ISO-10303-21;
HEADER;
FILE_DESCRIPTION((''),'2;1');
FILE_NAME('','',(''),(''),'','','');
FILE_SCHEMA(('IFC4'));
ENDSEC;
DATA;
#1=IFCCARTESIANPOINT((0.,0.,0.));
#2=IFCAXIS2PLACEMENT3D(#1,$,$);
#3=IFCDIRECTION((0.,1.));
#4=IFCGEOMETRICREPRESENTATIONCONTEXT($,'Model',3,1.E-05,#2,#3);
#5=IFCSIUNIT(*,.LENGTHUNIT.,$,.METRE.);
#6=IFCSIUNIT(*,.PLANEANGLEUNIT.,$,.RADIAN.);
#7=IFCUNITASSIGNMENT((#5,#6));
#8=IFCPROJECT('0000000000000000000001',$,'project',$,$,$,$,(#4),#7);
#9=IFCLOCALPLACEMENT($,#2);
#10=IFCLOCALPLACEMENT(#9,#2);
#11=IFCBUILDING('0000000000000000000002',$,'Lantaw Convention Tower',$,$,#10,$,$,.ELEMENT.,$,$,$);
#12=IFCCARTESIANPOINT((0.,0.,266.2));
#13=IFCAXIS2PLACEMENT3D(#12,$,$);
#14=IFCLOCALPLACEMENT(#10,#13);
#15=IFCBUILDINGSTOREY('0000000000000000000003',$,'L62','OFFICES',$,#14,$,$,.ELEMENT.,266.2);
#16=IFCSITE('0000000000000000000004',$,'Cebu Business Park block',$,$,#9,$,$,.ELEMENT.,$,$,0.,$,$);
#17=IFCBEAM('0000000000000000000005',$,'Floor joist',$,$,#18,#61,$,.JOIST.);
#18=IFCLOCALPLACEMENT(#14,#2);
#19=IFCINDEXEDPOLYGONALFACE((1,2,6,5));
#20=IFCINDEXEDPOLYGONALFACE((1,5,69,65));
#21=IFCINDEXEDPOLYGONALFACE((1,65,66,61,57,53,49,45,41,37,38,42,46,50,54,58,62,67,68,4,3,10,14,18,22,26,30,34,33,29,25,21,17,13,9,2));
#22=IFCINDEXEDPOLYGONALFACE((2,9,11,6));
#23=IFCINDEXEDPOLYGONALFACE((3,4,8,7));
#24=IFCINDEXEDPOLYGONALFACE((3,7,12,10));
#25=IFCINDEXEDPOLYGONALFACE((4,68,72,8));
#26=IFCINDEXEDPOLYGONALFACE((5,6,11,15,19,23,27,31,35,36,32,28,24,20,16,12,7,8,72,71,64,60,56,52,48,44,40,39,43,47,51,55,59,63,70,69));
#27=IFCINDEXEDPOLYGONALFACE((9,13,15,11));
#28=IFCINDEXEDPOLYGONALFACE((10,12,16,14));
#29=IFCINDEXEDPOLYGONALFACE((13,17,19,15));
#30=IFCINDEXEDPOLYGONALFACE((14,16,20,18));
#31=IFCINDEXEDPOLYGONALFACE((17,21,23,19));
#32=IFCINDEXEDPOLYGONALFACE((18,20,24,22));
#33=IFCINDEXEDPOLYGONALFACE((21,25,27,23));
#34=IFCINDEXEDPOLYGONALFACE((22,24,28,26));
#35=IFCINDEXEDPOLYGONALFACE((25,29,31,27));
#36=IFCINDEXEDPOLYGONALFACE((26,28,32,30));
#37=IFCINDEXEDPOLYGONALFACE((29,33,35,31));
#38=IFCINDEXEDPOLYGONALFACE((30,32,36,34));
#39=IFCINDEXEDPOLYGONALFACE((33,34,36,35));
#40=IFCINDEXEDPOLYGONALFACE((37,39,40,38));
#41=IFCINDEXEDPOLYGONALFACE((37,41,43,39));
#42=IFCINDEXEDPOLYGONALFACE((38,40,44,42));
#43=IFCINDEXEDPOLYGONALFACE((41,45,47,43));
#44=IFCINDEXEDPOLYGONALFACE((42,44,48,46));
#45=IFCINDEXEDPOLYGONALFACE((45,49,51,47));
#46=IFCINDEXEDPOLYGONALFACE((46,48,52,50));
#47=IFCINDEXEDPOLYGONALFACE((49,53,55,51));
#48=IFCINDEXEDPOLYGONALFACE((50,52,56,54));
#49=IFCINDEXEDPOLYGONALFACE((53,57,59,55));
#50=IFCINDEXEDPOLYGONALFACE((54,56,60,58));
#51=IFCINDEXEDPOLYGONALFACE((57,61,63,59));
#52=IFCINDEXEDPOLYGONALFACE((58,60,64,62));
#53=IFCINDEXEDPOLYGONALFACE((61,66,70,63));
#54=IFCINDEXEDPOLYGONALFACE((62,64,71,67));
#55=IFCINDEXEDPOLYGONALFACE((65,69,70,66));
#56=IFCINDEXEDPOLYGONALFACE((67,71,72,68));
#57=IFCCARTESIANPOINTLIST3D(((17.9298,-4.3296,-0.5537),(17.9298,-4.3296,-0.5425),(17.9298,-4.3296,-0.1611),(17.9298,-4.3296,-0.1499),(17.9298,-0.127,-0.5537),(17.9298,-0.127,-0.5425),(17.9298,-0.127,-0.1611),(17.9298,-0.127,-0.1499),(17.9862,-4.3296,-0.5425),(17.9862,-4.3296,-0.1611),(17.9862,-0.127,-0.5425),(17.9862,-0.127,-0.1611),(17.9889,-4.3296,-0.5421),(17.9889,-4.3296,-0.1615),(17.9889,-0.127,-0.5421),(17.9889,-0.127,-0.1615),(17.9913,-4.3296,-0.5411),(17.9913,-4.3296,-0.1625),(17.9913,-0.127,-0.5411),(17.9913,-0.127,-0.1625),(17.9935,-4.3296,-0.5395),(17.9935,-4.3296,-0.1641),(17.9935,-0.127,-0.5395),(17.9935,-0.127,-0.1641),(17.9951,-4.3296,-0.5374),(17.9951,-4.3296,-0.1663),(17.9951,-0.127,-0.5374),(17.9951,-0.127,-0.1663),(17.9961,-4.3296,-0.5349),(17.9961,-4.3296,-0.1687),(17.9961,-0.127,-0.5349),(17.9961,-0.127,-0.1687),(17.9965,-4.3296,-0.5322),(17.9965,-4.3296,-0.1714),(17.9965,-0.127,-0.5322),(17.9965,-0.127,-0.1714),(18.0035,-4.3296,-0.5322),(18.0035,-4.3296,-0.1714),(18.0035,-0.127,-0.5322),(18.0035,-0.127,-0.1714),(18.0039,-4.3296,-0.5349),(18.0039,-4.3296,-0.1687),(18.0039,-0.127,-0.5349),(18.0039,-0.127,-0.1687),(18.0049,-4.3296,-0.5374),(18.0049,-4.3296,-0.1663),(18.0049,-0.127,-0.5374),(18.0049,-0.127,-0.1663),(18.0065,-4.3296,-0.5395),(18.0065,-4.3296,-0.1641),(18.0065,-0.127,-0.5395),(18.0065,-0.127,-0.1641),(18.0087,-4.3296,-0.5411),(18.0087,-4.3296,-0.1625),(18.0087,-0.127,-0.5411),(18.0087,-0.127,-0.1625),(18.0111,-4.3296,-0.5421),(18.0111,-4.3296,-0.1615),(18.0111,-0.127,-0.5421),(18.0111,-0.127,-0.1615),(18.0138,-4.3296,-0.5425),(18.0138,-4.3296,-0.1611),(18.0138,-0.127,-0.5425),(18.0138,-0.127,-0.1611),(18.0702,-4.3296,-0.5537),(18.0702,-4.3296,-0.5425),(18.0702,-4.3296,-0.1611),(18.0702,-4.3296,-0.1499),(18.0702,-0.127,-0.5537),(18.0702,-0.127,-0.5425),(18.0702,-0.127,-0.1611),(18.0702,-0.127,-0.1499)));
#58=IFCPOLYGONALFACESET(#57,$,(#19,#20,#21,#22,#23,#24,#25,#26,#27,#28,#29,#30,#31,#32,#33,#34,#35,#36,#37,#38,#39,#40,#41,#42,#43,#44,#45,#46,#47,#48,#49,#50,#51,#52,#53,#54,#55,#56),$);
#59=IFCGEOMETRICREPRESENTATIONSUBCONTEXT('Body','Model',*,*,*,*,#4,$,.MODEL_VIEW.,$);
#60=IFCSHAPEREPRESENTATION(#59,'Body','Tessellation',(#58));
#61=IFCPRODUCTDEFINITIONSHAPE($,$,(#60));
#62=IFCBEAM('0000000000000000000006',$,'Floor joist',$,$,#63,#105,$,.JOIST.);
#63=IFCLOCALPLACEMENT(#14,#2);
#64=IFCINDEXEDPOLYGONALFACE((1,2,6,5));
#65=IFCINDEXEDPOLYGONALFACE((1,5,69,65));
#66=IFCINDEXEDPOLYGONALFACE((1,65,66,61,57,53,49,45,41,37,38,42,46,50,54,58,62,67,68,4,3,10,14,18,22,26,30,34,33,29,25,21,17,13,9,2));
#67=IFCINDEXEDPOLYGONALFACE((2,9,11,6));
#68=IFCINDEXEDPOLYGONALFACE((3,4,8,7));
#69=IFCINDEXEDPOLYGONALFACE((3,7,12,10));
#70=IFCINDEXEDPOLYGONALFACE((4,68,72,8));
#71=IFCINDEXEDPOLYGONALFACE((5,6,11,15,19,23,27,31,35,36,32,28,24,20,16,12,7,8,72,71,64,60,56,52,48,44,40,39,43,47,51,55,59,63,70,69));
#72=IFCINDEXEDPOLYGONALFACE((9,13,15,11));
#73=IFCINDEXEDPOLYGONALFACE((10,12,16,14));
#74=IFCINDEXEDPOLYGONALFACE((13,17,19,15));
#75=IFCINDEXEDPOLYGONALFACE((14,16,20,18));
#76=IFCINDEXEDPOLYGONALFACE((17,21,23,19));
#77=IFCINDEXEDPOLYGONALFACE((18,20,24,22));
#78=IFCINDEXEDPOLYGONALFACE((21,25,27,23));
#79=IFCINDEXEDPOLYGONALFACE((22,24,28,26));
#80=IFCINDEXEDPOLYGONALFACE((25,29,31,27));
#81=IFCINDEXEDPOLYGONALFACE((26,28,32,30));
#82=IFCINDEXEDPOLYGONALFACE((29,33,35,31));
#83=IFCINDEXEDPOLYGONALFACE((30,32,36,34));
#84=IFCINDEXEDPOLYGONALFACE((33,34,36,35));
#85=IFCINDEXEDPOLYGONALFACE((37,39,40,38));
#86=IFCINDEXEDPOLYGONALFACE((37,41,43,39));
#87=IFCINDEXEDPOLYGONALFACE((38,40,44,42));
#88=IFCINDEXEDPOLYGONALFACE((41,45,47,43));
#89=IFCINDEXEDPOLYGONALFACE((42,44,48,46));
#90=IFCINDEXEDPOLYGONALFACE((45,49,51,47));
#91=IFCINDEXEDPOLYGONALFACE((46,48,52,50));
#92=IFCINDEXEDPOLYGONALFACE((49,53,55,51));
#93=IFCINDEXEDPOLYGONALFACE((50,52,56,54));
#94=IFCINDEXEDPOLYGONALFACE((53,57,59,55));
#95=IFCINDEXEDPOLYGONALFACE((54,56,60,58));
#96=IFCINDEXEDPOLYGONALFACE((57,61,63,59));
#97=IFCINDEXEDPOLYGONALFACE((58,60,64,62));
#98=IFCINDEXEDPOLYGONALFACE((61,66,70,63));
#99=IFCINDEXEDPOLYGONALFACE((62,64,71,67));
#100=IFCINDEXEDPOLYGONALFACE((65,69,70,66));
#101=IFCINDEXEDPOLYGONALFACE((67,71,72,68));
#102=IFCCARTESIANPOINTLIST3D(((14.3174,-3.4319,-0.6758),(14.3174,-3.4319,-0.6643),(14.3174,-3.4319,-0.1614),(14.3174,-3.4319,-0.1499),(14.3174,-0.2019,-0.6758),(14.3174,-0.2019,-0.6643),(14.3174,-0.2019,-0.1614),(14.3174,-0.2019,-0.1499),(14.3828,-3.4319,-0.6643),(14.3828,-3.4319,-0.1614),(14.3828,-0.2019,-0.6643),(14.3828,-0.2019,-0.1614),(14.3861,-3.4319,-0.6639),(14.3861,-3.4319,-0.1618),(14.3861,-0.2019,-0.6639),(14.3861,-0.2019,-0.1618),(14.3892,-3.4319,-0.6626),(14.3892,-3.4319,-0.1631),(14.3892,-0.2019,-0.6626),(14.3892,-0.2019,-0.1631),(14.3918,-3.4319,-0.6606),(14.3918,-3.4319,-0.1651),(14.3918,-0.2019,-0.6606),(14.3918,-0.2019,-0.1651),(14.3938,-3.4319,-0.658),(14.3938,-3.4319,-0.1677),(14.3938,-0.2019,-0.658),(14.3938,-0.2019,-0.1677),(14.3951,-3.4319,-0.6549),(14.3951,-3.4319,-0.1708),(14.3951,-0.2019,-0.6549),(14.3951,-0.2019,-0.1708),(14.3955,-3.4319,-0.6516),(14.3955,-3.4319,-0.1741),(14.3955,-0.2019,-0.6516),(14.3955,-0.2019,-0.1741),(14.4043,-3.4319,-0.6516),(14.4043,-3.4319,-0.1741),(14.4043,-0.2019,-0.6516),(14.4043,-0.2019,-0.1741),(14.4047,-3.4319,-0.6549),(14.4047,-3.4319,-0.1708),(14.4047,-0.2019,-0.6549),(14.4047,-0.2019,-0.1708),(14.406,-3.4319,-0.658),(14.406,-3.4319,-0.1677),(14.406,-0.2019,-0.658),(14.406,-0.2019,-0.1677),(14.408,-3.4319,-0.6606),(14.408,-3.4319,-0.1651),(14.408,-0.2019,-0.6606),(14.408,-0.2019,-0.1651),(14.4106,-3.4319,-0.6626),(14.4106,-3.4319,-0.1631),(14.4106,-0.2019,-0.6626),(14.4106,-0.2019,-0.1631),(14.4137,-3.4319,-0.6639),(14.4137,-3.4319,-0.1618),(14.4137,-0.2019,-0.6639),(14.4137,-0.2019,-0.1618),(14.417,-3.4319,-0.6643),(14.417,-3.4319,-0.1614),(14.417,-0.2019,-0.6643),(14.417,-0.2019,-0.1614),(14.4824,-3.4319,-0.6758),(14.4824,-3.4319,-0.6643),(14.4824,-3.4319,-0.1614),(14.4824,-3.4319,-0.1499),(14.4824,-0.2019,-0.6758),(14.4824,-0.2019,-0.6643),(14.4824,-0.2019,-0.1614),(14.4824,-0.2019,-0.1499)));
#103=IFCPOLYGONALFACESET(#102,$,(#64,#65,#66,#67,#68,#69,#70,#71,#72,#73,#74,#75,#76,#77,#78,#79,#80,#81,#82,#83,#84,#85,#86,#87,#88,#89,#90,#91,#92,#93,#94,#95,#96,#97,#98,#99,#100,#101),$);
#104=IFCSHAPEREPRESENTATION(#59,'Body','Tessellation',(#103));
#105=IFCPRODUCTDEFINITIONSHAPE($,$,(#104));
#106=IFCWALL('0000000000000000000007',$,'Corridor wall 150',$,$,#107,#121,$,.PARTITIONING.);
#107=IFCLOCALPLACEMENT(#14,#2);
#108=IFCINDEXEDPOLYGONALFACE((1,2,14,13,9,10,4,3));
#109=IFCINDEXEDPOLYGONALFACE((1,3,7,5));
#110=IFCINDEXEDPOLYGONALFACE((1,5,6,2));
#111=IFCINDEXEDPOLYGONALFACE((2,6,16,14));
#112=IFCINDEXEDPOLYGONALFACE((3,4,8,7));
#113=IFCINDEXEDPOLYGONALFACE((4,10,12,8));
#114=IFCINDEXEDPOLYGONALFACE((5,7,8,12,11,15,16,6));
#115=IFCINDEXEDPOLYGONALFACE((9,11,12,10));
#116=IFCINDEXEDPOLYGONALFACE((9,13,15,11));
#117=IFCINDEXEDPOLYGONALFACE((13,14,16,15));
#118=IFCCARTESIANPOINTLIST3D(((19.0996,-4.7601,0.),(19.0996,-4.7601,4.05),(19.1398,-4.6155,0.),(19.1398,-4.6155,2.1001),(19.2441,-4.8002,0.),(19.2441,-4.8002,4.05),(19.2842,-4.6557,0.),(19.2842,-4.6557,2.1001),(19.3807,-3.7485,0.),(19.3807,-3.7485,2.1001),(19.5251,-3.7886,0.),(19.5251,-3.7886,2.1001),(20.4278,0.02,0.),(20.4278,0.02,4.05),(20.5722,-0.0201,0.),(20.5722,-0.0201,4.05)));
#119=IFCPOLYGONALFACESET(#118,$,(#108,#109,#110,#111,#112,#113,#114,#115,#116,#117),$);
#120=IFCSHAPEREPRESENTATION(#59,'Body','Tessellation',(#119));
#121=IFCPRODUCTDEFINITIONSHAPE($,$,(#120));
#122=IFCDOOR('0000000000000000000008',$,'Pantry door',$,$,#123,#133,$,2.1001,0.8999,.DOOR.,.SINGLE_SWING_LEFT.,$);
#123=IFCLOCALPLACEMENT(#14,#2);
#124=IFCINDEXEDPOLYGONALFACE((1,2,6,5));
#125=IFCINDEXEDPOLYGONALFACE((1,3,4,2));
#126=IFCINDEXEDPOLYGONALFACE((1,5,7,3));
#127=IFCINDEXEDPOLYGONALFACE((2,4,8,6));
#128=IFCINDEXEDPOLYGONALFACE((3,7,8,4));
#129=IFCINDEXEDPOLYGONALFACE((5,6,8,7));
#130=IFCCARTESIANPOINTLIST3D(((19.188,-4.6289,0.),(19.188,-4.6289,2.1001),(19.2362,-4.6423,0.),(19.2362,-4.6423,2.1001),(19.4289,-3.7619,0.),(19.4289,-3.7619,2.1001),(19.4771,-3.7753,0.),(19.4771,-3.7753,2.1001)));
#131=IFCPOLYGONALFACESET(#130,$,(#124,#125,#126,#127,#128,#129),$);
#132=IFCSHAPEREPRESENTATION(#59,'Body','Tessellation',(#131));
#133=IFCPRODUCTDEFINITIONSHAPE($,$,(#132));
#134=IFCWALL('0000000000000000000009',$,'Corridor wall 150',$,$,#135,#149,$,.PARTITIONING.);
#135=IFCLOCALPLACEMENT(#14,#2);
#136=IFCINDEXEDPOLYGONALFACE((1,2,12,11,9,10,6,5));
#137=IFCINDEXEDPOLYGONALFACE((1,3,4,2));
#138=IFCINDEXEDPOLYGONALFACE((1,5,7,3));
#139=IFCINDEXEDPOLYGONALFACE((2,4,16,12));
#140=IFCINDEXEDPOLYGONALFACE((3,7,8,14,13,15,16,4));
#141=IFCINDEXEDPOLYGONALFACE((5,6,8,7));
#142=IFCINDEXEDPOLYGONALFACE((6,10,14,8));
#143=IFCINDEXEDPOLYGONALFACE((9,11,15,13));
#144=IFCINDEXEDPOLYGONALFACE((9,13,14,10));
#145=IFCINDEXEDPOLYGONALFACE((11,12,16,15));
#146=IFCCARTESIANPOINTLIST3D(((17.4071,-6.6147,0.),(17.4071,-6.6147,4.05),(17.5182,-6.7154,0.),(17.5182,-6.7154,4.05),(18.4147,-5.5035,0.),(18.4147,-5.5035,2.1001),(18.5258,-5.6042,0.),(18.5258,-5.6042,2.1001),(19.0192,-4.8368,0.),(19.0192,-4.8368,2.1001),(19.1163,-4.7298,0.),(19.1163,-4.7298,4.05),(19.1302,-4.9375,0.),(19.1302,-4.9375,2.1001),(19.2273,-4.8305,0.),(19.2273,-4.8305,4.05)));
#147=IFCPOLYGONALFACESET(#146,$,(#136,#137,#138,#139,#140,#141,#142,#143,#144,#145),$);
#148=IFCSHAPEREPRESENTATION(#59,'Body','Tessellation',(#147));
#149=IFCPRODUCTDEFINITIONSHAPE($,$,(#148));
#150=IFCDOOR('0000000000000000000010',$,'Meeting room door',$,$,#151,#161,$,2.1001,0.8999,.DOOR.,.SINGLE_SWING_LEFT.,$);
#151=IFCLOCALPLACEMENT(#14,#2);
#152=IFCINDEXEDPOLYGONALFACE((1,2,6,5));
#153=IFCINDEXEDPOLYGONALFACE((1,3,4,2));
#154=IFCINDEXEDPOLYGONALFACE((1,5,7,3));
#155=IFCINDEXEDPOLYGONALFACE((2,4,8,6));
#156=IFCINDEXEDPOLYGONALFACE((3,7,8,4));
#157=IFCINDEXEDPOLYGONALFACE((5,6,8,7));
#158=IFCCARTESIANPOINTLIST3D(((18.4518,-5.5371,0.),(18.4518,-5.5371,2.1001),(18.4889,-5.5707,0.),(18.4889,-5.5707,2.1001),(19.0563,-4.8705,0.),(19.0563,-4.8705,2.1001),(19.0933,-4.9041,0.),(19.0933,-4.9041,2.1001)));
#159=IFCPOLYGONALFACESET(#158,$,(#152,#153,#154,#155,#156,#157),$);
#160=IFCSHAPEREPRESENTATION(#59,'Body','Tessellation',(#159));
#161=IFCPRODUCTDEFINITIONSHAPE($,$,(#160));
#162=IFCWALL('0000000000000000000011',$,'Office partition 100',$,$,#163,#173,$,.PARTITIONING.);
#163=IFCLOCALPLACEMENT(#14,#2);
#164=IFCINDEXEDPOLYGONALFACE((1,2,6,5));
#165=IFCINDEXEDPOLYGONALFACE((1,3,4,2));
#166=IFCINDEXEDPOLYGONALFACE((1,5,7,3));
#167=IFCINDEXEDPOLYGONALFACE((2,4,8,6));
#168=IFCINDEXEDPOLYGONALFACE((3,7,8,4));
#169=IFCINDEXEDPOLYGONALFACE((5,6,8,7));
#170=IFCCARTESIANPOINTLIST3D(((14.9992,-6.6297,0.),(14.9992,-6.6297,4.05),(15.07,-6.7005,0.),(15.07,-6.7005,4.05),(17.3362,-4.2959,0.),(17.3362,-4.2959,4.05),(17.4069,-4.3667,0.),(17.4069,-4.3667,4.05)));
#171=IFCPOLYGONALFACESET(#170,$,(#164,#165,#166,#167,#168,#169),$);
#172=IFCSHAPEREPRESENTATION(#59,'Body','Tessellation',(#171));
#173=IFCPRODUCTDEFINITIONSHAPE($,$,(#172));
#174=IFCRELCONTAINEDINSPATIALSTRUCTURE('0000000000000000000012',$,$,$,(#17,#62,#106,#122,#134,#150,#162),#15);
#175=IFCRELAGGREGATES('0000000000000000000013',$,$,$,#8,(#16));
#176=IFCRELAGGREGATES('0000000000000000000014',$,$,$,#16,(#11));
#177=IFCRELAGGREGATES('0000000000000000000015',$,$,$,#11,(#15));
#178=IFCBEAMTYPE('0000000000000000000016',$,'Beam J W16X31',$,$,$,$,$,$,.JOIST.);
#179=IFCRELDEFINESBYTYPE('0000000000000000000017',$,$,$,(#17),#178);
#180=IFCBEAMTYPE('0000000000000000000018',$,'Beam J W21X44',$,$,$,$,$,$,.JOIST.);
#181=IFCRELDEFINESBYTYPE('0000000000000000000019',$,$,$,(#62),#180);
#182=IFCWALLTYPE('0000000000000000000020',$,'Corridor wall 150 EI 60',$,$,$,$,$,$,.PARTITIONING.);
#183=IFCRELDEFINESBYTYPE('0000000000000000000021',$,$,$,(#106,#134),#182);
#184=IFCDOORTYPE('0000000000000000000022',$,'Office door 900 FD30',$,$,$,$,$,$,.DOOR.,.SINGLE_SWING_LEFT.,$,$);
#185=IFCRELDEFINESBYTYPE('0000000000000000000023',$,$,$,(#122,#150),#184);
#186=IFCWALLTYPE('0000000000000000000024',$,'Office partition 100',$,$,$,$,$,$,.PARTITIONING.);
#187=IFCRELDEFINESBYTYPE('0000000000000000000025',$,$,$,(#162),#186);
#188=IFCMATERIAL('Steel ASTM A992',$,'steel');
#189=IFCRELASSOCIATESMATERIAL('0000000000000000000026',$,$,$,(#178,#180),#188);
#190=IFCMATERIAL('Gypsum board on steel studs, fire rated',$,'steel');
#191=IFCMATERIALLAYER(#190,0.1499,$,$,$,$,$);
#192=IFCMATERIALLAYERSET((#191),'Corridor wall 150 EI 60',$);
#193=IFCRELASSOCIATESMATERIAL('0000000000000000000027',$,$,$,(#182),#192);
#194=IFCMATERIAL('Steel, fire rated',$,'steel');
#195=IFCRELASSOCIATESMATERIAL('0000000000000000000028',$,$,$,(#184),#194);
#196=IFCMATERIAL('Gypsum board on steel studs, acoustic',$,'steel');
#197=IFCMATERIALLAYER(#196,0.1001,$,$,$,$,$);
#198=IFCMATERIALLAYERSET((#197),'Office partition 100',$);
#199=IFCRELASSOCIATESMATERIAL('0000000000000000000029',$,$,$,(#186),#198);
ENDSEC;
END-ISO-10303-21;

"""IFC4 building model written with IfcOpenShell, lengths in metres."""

from ifc_helpers import new_model, si_unit, direction, frame, frame_2d, origin, origin_2d, place, context, subcontext, project, spatial, rectangle, i_section, extrude, material, layer, layer_set, material_profile, profile_set, type_object, element, fill, save


model = new_model("IFC4")

# Units and contexts
model_context = context("Model", 3, precision=1e-05, world=origin(), true_north=direction((0.0, 1.0)))
body_context = subcontext(model_context, "Body", "Model", "MODEL_VIEW")
ifc_project = project(units=[si_unit("LENGTHUNIT", "METRE"), si_unit("PLANEANGLEUNIT", "RADIAN")], contexts=[model_context])

# Site, building, storey
site_placement = place(None, origin())
site = spatial("IfcSite", under=ifc_project, at=site_placement, Name="Cebu Business Park block", CompositionType="ELEMENT", RefElevation=0.0)
building_placement = place(site_placement, origin())
building = spatial("IfcBuilding", under=site, at=building_placement, Name="Lantaw Convention Tower", CompositionType="ELEMENT")
storey_placement = place(building_placement, frame((0.0, 0.0, 266.2)))
storey = spatial("IfcBuildingStorey", under=building, at=storey_placement, Name="L62", Description="OFFICES", CompositionType="ELEMENT", Elevation=266.2)

# Beams
ifc_material_1 = material(Name="Steel ASTM A992", Category="steel")
ifc_material_profile_1 = material_profile(ifc_material_1, i_section(OverallWidth=0.1404, OverallDepth=0.4038, WebThickness=0.0071, FlangeThickness=0.0112, FilletRadius=0.0103, at=origin_2d()), Name="W16X31")
ifc_profile_set_1 = profile_set([ifc_material_profile_1], Name="Steel ASTM A992")
beam_type_1 = type_object("IfcBeamType", Name="Beam J W16X31", PredefinedType="JOIST", material=ifc_profile_set_1)
beam_1_placement = place(storey_placement, frame((18.0, -4.3296, -0.3518), z_axis=(0.0, 1.0, 0.0), x_axis=(-1.0, 0.0, 0.0)))
element("IfcBeam", 1, at=beam_1_placement, inside=storey, type_object=beam_type_1, Name="Floor joist", PredefinedType="JOIST", context=body_context, shape_type="SweptSolid", body=[
    extrude(i_section(OverallWidth=0.1404, OverallDepth=0.4038, WebThickness=0.0071, FlangeThickness=0.0112, FilletRadius=0.0103, at=origin_2d()), origin(), (0.0, 0.0, 1.0), 4.2026),
])
ifc_material_profile_2 = material_profile(ifc_material_1, i_section(OverallWidth=0.165, OverallDepth=0.5259, WebThickness=0.0088, FlangeThickness=0.0115, FilletRadius=0.0127, at=origin_2d()), Name="W21X44")
ifc_profile_set_2 = profile_set([ifc_material_profile_2], Name="Steel ASTM A992")
beam_type_2 = type_object("IfcBeamType", Name="Beam J W21X44", PredefinedType="JOIST", material=ifc_profile_set_2)
beam_2_placement = place(storey_placement, frame((14.3999, -3.4319, -0.4128), z_axis=(0.0, 1.0, 0.0), x_axis=(-1.0, 0.0, 0.0)))
element("IfcBeam", 2, at=beam_2_placement, inside=storey, type_object=beam_type_2, Name="Floor joist", PredefinedType="JOIST", context=body_context, shape_type="SweptSolid", body=[
    extrude(i_section(OverallWidth=0.165, OverallDepth=0.5259, WebThickness=0.0088, FlangeThickness=0.0115, FilletRadius=0.0127, at=origin_2d()), origin(), (0.0, 0.0, 1.0), 3.23),
])

# Walls, openings, doors
ifc_material_2 = material(Name="Gypsum board on steel studs, fire rated", Category="steel")
ifc_layer_1 = layer(ifc_material_2, 0.1499)
ifc_layer_set_1 = layer_set([ifc_layer_1], Name="Corridor wall 150 EI 60")
wall_type_1 = type_object("IfcWallType", Name="Corridor wall 150 EI 60", PredefinedType="PARTITIONING", material=ifc_layer_set_1)
wall_1_placement = place(storey_placement, frame((19.1719, -4.78, 0.0), z_axis=(0.0, 0.0, 1.0), x_axis=(0.267707, 0.9635, 0.0)))
wall_1 = element("IfcWall", 3, at=wall_1_placement, inside=storey, type_object=wall_type_1, Name="Corridor wall 150", PredefinedType="PARTITIONING", context=body_context, shape_type="SweptSolid", body=[
    extrude(rectangle(XDim=4.9612, YDim=0.1499, at=frame_2d((2.4805, 0.0))), origin(), (0.0, 0.0, 1.0), 4.05),
])
opening_1_placement = place(wall_1_placement, frame((0.1499, 0.0, 0.0)))
opening_1 = element("IfcOpeningElement", 4, at=opening_1_placement, cuts=wall_1, PredefinedType="OPENING", context=body_context, shape_type="SweptSolid", body=[
    extrude(rectangle(XDim=0.8999, YDim=2.1001, at=frame_2d((0.45, 1.05))), frame((0.0, 0.085, 0.0), z_axis=(0.0, -1.0, 0.0), x_axis=(1.0, 0.0, 0.0)), (0.0, 0.0, 1.0), 0.1699),
])
ifc_material_3 = material(Name="Steel, fire rated", Category="steel")
door_type_1 = type_object("IfcDoorType", Name="Office door 900 FD30", OperationType="SINGLE_SWING_LEFT", PredefinedType="DOOR", material=ifc_material_3)
door_1_placement = place(opening_1_placement, origin())
door_1 = element("IfcDoor", 5, at=door_1_placement, inside=storey, type_object=door_type_1, Name="Pantry door", OperationType="SINGLE_SWING_LEFT", OverallHeight=2.1001, OverallWidth=0.8999, PredefinedType="DOOR", context=body_context, shape_type="SweptSolid", body=[
    extrude(rectangle(XDim=0.8999, YDim=2.1001, at=frame_2d((0.45, 1.05))), frame((0.0, 0.0249, 0.0), z_axis=(0.0, -1.0, 0.0), x_axis=(1.0, 0.0, 0.0)), (0.0, 0.0, 1.0), 0.05),
])
fill(opening_1, door_1)
wall_2_placement = place(storey_placement, frame((17.4626, -6.665, 0.0), z_axis=(0.0, 0.0, 1.0), x_axis=(0.671722, 0.740803, 0.0)))
wall_2 = element("IfcWall", 6, at=wall_2_placement, inside=storey, type_object=wall_type_1, Name="Corridor wall 150", PredefinedType="PARTITIONING", context=body_context, shape_type="SweptSolid", body=[
    extrude(rectangle(XDim=2.5444, YDim=0.1499, at=frame_2d((1.2722, 0.0))), origin(), (0.0, 0.0, 1.0), 4.05),
])
opening_2_placement = place(wall_2_placement, frame((1.5, 0.0, 0.0)))
opening_2 = element("IfcOpeningElement", 7, at=opening_2_placement, cuts=wall_2, PredefinedType="OPENING", context=body_context, shape_type="SweptSolid", body=[
    extrude(rectangle(XDim=0.8999, YDim=2.1001, at=frame_2d((0.45, 1.05))), frame((0.0, 0.085, 0.0), z_axis=(0.0, -1.0, 0.0), x_axis=(1.0, 0.0, 0.0)), (0.0, 0.0, 1.0), 0.1699),
])
door_2_placement = place(opening_2_placement, origin())
door_2 = element("IfcDoor", 8, at=door_2_placement, inside=storey, type_object=door_type_1, Name="Meeting room door", OperationType="SINGLE_SWING_LEFT", OverallHeight=2.1001, OverallWidth=0.8999, PredefinedType="DOOR", context=body_context, shape_type="SweptSolid", body=[
    extrude(rectangle(XDim=0.8999, YDim=2.1001, at=frame_2d((0.45, 1.05))), frame((0.0, 0.0249, 0.0), z_axis=(0.0, -1.0, 0.0), x_axis=(1.0, 0.0, 0.0)), (0.0, 0.0, 1.0), 0.05),
])
fill(opening_2, door_2)

# Wall
ifc_material_4 = material(Name="Gypsum board on steel studs, acoustic", Category="steel")
ifc_layer_2 = layer(ifc_material_4, 0.1001)
ifc_layer_set_2 = layer_set([ifc_layer_2], Name="Office partition 100")
wall_type_2 = type_object("IfcWallType", Name="Office partition 100", PredefinedType="PARTITIONING", material=ifc_layer_set_2)
wall_3_placement = place(storey_placement, frame((17.3716, -4.3313, 0.0), z_axis=(0.0, 0.0, 1.0), x_axis=(-0.707587, -0.706626, 0.0)))
element("IfcWall", 9, at=wall_3_placement, inside=storey, type_object=wall_type_2, Name="Office partition 100", PredefinedType="PARTITIONING", context=body_context, shape_type="SweptSolid", body=[
    extrude(rectangle(XDim=3.3027, YDim=0.1001, at=frame_2d((1.6514, 0.0))), origin(), (0.0, 0.0, 1.0), 4.05),
])

save(model, "model.ifc")
